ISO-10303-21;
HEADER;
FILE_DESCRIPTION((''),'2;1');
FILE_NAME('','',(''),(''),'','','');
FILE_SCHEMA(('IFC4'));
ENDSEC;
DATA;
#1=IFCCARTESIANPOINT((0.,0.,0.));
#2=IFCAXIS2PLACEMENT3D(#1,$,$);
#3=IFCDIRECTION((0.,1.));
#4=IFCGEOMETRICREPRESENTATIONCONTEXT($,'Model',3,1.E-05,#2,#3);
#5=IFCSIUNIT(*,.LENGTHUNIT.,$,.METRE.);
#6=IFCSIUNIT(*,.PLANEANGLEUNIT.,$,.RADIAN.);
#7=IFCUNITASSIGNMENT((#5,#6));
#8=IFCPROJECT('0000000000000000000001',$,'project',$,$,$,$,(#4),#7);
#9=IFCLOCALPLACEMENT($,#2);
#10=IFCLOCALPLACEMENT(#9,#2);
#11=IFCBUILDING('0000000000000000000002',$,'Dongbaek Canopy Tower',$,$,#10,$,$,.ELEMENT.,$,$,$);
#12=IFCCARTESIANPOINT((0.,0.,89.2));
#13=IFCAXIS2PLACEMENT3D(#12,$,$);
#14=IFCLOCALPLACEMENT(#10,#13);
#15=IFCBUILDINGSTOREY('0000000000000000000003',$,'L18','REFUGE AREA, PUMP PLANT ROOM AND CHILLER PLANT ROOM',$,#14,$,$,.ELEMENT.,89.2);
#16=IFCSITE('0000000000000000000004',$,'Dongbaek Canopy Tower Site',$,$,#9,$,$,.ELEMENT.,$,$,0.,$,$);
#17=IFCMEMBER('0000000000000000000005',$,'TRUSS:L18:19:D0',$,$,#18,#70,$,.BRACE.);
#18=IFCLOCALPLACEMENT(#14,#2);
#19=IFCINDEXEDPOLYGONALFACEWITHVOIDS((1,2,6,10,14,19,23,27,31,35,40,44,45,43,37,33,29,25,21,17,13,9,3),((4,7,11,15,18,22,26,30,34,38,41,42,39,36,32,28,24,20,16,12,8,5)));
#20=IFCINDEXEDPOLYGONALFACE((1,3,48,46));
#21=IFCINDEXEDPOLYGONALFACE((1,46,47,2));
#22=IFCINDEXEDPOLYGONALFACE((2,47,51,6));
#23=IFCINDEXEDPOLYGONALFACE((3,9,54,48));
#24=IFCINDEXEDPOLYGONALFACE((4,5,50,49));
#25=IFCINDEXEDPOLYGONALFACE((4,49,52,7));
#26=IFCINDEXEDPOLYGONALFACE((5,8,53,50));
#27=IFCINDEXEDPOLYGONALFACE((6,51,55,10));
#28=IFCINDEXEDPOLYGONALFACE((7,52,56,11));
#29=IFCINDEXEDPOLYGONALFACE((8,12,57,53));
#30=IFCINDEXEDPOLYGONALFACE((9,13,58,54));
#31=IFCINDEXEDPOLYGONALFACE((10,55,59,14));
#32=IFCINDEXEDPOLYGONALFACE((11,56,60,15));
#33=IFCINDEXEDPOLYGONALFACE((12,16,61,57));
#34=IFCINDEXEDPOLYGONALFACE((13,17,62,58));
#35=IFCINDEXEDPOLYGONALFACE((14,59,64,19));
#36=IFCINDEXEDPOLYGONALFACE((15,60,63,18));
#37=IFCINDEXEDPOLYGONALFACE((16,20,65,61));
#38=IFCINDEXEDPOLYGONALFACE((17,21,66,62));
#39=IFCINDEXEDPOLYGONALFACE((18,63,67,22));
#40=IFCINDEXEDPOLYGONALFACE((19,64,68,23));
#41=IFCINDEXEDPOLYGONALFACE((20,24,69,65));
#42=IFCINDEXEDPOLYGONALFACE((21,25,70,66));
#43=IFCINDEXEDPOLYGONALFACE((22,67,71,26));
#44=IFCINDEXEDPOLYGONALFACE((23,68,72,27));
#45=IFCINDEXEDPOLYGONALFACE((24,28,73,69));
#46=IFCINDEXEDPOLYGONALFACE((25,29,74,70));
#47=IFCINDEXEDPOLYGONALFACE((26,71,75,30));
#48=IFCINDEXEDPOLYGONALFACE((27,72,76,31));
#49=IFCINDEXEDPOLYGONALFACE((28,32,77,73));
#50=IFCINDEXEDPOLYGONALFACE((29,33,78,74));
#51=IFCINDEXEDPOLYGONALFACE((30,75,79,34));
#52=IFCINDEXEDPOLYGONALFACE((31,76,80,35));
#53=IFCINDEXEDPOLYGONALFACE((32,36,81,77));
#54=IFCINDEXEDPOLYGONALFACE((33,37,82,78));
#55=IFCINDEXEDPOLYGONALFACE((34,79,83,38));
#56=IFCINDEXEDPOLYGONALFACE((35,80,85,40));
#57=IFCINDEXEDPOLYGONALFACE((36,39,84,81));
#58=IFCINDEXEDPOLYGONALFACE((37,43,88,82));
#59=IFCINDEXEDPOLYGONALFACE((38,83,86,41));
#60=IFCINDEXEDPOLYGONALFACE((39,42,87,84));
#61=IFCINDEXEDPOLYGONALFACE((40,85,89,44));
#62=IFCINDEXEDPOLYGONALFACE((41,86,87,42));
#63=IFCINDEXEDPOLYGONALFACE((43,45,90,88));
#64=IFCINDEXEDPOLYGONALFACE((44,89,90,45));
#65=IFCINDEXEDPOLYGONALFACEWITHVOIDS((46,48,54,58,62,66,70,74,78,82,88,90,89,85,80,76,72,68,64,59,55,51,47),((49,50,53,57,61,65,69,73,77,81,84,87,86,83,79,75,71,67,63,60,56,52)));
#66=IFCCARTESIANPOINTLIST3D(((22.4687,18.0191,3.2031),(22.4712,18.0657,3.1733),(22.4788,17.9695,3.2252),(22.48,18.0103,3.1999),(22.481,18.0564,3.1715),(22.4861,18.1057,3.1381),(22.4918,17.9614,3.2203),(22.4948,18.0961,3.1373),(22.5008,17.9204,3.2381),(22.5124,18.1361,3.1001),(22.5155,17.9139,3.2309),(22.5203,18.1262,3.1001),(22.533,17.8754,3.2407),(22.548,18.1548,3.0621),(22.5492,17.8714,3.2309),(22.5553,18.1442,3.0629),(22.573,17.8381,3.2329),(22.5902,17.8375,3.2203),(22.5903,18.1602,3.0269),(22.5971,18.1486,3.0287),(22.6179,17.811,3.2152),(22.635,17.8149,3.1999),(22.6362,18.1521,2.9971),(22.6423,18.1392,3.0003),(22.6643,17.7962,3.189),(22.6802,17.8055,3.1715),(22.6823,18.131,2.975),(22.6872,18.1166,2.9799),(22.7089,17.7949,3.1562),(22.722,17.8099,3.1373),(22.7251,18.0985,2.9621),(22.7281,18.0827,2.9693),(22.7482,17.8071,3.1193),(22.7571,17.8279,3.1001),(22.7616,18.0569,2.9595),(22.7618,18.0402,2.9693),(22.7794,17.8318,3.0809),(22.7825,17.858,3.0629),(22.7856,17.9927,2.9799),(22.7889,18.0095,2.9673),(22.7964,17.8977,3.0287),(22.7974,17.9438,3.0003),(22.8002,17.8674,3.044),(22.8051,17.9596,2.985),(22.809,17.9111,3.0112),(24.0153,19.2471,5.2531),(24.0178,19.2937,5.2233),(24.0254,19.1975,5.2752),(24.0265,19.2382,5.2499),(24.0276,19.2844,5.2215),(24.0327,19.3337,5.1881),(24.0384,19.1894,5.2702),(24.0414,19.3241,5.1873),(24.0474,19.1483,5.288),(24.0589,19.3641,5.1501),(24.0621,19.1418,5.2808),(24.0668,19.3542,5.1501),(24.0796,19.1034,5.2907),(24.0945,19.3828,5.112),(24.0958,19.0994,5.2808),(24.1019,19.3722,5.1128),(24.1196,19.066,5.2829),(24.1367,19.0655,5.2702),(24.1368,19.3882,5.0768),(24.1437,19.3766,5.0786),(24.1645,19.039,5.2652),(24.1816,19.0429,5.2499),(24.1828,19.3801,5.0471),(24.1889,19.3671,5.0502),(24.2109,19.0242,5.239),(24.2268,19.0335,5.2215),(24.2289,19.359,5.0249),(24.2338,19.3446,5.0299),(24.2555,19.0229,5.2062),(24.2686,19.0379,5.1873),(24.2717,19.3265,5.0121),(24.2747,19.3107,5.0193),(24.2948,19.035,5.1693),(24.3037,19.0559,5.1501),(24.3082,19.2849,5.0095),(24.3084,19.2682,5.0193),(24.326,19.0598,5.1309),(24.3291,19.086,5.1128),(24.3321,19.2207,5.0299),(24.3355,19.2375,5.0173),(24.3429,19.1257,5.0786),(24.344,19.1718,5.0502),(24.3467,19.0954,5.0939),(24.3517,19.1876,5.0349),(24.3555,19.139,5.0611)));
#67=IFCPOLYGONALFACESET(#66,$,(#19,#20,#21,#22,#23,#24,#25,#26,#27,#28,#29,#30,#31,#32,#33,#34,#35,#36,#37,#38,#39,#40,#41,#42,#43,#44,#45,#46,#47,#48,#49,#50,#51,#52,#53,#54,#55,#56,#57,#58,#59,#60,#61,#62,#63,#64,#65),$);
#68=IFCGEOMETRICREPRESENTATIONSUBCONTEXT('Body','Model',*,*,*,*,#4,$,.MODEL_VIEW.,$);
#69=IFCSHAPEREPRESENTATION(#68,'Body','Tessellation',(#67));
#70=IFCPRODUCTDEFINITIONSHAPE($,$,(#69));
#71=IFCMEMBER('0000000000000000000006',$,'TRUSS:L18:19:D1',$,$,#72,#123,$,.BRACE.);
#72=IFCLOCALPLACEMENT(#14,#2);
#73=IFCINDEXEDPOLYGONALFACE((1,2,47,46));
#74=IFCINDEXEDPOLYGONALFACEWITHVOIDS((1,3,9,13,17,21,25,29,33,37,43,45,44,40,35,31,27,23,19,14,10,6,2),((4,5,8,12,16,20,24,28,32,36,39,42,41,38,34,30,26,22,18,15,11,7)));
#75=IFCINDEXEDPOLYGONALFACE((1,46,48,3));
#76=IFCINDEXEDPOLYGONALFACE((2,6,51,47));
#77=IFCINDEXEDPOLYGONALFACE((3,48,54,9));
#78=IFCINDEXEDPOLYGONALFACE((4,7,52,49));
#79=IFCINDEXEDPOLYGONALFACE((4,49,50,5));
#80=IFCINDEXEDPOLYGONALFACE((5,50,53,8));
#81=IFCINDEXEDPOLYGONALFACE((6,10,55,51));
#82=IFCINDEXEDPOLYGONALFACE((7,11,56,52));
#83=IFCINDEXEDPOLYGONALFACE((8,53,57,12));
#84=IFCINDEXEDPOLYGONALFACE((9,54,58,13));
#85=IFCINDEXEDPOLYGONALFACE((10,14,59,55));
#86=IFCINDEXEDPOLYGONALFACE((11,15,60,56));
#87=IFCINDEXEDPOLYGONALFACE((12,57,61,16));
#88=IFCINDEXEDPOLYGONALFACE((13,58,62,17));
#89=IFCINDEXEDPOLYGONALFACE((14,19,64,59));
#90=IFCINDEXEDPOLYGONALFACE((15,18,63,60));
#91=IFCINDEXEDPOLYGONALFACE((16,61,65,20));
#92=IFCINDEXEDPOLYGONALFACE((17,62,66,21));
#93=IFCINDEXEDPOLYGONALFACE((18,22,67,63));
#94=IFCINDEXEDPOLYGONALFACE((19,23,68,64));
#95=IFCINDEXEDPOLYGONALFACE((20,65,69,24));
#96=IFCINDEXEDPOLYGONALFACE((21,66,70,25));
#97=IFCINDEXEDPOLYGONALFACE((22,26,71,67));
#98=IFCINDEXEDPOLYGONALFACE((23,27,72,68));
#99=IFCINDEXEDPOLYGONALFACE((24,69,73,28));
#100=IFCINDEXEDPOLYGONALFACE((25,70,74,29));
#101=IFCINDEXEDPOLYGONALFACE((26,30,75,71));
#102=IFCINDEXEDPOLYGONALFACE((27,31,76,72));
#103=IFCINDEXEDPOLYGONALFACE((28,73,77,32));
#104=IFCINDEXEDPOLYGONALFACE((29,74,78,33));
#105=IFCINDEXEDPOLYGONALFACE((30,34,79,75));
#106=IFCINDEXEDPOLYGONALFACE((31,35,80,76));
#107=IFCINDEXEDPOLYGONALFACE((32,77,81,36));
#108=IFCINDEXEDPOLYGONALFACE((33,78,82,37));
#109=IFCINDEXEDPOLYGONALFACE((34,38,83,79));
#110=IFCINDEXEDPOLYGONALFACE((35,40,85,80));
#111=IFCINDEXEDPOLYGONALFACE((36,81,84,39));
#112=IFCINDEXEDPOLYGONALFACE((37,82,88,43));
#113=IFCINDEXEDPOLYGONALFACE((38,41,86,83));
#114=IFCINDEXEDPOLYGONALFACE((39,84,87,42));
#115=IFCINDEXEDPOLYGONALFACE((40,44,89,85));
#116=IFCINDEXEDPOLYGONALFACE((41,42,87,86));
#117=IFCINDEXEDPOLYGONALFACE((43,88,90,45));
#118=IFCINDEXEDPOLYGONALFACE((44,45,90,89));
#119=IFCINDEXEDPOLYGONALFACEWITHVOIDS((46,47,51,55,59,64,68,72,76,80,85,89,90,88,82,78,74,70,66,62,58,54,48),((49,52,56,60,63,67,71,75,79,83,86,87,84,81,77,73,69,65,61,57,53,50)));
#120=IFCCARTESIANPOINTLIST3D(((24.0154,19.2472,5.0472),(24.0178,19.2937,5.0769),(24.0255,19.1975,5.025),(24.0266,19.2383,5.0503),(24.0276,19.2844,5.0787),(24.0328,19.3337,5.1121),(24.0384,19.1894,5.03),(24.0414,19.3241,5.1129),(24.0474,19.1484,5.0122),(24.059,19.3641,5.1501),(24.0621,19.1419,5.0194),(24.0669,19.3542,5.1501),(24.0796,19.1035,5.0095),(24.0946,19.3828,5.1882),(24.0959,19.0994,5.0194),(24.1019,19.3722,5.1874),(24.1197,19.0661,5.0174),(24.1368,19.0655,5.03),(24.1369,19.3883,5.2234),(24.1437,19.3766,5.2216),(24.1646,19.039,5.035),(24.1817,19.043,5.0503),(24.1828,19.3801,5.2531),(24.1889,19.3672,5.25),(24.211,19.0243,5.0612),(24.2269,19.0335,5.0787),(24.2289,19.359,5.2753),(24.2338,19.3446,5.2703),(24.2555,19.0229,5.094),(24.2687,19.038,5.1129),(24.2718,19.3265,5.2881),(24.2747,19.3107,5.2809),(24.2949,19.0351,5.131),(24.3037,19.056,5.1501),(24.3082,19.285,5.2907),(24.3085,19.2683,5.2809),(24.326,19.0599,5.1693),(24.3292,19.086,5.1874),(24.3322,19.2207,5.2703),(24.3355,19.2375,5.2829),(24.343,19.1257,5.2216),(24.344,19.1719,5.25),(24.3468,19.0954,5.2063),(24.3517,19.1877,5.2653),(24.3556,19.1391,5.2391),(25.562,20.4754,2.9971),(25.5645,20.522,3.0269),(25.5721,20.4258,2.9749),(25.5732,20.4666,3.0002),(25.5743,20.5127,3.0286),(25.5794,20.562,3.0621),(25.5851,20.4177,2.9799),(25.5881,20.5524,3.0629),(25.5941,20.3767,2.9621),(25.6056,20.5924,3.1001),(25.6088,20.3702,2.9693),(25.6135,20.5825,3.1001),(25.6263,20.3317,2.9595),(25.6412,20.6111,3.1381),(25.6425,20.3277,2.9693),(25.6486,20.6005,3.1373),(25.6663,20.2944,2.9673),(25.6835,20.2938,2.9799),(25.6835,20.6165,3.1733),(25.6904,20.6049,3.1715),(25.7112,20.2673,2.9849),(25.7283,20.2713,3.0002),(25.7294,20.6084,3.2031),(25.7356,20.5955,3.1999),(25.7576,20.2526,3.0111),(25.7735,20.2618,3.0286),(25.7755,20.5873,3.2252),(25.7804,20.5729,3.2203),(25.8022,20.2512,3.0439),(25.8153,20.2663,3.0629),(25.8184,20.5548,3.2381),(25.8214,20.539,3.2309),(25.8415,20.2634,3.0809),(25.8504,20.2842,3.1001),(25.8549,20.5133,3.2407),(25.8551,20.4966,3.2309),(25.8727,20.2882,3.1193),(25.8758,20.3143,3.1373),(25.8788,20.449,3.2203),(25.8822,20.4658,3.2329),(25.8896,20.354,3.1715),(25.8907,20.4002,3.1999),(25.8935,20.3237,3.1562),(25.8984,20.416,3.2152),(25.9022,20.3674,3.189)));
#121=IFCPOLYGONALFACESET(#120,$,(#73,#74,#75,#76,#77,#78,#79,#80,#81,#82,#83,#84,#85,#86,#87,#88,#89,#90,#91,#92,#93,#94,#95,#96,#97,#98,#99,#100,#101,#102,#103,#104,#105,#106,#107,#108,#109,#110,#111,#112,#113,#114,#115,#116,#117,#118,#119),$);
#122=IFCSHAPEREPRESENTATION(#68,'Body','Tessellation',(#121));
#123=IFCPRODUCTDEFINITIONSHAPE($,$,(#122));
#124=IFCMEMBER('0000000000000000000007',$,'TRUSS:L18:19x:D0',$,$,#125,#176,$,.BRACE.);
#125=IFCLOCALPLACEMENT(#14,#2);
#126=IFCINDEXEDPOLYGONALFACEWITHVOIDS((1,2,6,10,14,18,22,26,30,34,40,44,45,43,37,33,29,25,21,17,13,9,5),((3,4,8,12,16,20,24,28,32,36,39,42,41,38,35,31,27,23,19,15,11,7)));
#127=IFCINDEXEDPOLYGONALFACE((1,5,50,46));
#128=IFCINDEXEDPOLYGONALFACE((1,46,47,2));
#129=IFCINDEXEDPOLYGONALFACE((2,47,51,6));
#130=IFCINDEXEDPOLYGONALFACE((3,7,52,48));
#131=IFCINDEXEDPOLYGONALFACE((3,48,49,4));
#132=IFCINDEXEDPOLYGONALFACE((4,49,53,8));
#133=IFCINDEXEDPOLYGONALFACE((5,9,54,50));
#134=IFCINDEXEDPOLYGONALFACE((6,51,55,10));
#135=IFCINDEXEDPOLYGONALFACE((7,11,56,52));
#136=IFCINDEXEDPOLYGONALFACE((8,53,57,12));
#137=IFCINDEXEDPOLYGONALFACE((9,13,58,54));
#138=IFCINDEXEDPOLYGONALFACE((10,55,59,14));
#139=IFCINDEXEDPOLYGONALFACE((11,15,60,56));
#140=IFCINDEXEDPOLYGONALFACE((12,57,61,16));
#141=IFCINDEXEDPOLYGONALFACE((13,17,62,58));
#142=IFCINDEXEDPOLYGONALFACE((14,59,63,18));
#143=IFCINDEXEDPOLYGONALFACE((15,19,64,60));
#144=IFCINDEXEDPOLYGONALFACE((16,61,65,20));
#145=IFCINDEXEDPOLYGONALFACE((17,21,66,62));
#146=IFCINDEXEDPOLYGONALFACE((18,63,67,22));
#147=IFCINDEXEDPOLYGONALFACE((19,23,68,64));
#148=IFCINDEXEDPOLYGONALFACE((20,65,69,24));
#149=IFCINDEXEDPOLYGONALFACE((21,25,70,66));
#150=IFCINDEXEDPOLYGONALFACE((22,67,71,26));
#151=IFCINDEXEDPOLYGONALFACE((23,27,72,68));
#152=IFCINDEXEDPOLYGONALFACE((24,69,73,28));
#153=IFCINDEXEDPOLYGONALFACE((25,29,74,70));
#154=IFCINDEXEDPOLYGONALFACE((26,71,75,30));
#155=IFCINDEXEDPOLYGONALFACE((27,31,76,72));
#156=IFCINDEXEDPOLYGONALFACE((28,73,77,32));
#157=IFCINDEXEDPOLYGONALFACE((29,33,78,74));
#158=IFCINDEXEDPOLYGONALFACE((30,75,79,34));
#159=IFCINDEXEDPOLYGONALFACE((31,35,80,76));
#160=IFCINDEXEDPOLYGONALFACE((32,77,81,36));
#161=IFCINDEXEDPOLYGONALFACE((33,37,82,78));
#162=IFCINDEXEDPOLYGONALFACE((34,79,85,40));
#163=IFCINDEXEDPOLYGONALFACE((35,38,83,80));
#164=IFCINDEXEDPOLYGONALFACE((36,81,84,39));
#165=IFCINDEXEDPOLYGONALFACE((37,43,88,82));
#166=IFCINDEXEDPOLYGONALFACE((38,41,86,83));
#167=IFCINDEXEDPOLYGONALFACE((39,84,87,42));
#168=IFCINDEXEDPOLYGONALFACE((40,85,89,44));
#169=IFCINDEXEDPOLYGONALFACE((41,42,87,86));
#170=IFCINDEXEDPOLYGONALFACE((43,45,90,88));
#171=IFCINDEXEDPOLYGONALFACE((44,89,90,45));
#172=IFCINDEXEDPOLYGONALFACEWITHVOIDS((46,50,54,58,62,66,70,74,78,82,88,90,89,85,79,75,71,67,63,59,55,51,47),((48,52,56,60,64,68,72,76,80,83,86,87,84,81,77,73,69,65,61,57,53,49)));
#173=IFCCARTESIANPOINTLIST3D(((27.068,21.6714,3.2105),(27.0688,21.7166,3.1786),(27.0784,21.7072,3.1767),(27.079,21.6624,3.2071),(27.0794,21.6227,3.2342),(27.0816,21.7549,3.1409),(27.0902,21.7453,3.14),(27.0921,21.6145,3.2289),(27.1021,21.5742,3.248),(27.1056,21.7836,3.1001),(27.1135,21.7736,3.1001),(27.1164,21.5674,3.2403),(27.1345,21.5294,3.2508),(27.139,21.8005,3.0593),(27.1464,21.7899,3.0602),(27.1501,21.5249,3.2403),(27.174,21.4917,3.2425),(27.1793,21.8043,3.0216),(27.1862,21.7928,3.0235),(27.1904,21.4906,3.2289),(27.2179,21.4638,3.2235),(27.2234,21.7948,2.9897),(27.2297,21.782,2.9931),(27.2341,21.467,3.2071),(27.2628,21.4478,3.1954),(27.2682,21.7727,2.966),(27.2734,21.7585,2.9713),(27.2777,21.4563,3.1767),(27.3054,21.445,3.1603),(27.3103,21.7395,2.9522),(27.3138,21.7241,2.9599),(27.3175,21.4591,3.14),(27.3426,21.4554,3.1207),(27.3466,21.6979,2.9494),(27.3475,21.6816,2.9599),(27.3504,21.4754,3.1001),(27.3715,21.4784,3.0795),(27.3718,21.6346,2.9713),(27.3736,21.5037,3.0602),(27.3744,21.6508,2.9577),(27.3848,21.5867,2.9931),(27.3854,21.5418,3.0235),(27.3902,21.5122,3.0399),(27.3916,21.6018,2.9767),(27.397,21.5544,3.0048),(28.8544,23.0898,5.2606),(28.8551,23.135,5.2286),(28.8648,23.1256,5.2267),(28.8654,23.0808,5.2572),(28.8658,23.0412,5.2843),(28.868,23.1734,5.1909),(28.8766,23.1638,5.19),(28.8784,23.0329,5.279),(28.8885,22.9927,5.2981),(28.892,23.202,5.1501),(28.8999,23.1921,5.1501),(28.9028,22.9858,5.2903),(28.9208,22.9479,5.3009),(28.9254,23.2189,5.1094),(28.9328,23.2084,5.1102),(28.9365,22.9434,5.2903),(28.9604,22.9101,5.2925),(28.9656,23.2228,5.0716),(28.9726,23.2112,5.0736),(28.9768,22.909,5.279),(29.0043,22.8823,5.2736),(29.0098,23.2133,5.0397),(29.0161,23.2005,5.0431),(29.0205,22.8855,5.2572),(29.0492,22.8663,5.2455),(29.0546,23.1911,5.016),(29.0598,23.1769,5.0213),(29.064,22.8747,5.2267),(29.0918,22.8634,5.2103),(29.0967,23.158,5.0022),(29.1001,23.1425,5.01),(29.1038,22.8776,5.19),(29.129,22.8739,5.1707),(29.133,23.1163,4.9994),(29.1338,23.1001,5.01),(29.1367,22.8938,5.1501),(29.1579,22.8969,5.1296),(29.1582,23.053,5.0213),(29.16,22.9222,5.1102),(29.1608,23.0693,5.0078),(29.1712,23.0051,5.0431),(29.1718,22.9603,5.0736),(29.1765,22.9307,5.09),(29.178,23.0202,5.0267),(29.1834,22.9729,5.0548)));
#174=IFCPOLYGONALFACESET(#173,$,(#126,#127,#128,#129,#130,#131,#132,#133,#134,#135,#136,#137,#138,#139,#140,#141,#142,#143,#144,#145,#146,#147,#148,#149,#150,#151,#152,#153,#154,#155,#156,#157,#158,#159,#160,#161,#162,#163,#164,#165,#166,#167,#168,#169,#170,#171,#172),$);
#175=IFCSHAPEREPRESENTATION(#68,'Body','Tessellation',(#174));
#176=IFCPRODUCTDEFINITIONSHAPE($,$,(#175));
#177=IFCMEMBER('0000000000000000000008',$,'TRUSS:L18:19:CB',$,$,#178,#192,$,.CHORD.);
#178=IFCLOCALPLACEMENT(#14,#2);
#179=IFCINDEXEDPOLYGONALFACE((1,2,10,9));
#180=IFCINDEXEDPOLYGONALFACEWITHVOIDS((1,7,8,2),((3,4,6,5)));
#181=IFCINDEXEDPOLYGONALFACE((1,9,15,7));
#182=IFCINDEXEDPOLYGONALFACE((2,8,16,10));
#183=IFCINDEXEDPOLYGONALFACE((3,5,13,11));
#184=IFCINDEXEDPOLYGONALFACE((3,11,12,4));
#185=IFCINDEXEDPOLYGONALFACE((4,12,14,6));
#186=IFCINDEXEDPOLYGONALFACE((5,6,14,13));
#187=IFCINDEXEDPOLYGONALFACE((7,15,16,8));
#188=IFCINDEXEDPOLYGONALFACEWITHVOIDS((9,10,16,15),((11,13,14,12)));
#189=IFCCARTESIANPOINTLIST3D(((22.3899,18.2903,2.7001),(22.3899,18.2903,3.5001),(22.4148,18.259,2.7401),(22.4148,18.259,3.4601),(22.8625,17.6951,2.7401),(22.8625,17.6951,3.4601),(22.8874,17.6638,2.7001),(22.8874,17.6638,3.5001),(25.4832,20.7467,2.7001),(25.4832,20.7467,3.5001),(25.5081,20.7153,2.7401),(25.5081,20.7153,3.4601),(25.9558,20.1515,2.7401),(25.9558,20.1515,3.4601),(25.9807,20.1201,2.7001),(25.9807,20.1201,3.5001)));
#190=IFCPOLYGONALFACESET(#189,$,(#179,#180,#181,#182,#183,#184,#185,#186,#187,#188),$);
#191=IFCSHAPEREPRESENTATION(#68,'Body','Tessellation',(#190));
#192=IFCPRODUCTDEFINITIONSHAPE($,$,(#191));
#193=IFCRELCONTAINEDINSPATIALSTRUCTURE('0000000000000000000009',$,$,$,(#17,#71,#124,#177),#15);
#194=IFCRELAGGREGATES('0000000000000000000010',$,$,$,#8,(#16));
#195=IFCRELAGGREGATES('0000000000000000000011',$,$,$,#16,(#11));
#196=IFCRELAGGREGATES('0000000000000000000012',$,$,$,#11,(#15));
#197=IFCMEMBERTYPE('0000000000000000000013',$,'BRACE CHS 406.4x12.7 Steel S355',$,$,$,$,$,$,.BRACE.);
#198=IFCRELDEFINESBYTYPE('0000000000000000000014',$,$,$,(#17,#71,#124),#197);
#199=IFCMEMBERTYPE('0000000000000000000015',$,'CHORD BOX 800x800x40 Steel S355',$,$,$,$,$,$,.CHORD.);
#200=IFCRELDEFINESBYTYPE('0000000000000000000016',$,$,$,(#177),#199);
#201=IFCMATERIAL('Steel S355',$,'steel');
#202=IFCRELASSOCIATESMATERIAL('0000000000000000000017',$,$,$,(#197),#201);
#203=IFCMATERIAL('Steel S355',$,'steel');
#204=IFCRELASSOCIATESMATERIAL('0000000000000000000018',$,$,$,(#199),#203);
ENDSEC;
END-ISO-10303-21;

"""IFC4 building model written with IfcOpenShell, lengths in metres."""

from ifc_helpers import new_model, si_unit, direction, frame, origin, origin_2d, place, context, subcontext, project, spatial, hollow_rectangle, hollow_circle, extrude, material, material_profile, profile_set, type_object, element, save


model = new_model("IFC4")

# Units and contexts
model_context = context("Model", 3, precision=1e-05, world=origin(), true_north=direction((0.0, 1.0)))
body_context = subcontext(model_context, "Body", "Model", "MODEL_VIEW")
ifc_project = project(units=[si_unit("LENGTHUNIT", "METRE"), si_unit("PLANEANGLEUNIT", "RADIAN")], contexts=[model_context])

# Site, building, storey
site_placement = place(None, origin())
site = spatial("IfcSite", under=ifc_project, at=site_placement, Name="Dongbaek Canopy Tower Site", CompositionType="ELEMENT", RefElevation=0.0)
building_placement = place(site_placement, origin())
building = spatial("IfcBuilding", under=site, at=building_placement, Name="Dongbaek Canopy Tower", CompositionType="ELEMENT")
storey_placement = place(building_placement, frame((0.0, 0.0, 89.2)))
storey = spatial("IfcBuildingStorey", under=building, at=storey_placement, Name="L18", Description="REFUGE AREA, PUMP PLANT ROOM AND CHILLER PLANT ROOM", CompositionType="ELEMENT", Elevation=89.2)

# Members
ifc_material_1 = material(Name="Steel S355", Category="steel")
ifc_material_profile_1 = material_profile(ifc_material_1, hollow_circle(Radius=0.2031, WallThickness=0.0127, at=origin_2d()), Name="BRACE CHS 406.4x12.7 Steel S355")
ifc_profile_set_1 = profile_set([ifc_material_profile_1], Name="Steel S355")
member_type_1 = type_object("IfcMemberType", Name="BRACE CHS 406.4x12.7 Steel S355", PredefinedType="BRACE", material=ifc_profile_set_1)
member_1_placement = place(storey_placement, frame((22.6387, 17.9771, 3.1001), z_axis=(0.543336, 0.43141, 0.720188), x_axis=(-0.621826, 0.783155, 0.0)))
element("IfcMember", 1, at=member_1_placement, inside=storey, type_object=member_type_1, Name="TRUSS:L18:19:D0", PredefinedType="BRACE", context=body_context, shape_type="SweptSolid", body=[
    extrude(hollow_circle(Radius=0.2031, WallThickness=0.0127, at=origin_2d()), origin(), (0.0, 0.0, 1.0), 2.8464),
])
member_2_placement = place(storey_placement, frame((24.1853, 19.2051, 5.1501), z_axis=(0.543316, 0.43148, -0.720162), x_axis=(-0.621902, 0.783095, 0.0)))
element("IfcMember", 2, at=member_2_placement, inside=storey, type_object=member_type_1, Name="TRUSS:L18:19:D1", PredefinedType="BRACE", context=body_context, shape_type="SweptSolid", body=[
    extrude(hollow_circle(Radius=0.2031, WallThickness=0.0127, at=origin_2d()), origin(), (0.0, 0.0, 1.0), 2.8467),
])
member_3_placement = place(storey_placement, frame((27.2319, 21.6245, 3.1001), z_axis=(0.58247, 0.462505, 0.668444), x_axis=(-0.621845, 0.78314, 0.0)))
element("IfcMember", 3, at=member_3_placement, inside=storey, type_object=member_type_1, Name="TRUSS:L18:19x:D0", PredefinedType="BRACE", context=body_context, shape_type="SweptSolid", body=[
    extrude(hollow_circle(Radius=0.2031, WallThickness=0.0127, at=origin_2d()), origin(), (0.0, 0.0, 1.0), 3.0669),
])
ifc_material_2 = material(Name="Steel S355", Category="steel")
ifc_material_profile_2 = material_profile(ifc_material_2, hollow_rectangle(XDim=0.8, YDim=0.8, WallThickness=0.04, at=origin_2d()), Name="CHORD BOX 800x800x40 Steel S355")
ifc_profile_set_2 = profile_set([ifc_material_profile_2], Name="Steel S355")
member_type_2 = type_object("IfcMemberType", Name="CHORD BOX 800x800x40 Steel S355", PredefinedType="CHORD", material=ifc_profile_set_2)
member_4_placement = place(storey_placement, frame((22.6387, 17.9771, 3.1001), z_axis=(0.783125, 0.621864, 0.0), x_axis=(-0.621864, 0.783125, 0.0)))
element("IfcMember", 4, at=member_4_placement, inside=storey, type_object=member_type_2, Name="TRUSS:L18:19:CB", PredefinedType="CHORD", context=body_context, shape_type="SweptSolid", body=[
    extrude(hollow_rectangle(XDim=0.8, YDim=0.8, WallThickness=0.04, at=origin_2d()), origin(), (0.0, 0.0, 1.0), 3.95),
])

save(model, "model.ifc")
